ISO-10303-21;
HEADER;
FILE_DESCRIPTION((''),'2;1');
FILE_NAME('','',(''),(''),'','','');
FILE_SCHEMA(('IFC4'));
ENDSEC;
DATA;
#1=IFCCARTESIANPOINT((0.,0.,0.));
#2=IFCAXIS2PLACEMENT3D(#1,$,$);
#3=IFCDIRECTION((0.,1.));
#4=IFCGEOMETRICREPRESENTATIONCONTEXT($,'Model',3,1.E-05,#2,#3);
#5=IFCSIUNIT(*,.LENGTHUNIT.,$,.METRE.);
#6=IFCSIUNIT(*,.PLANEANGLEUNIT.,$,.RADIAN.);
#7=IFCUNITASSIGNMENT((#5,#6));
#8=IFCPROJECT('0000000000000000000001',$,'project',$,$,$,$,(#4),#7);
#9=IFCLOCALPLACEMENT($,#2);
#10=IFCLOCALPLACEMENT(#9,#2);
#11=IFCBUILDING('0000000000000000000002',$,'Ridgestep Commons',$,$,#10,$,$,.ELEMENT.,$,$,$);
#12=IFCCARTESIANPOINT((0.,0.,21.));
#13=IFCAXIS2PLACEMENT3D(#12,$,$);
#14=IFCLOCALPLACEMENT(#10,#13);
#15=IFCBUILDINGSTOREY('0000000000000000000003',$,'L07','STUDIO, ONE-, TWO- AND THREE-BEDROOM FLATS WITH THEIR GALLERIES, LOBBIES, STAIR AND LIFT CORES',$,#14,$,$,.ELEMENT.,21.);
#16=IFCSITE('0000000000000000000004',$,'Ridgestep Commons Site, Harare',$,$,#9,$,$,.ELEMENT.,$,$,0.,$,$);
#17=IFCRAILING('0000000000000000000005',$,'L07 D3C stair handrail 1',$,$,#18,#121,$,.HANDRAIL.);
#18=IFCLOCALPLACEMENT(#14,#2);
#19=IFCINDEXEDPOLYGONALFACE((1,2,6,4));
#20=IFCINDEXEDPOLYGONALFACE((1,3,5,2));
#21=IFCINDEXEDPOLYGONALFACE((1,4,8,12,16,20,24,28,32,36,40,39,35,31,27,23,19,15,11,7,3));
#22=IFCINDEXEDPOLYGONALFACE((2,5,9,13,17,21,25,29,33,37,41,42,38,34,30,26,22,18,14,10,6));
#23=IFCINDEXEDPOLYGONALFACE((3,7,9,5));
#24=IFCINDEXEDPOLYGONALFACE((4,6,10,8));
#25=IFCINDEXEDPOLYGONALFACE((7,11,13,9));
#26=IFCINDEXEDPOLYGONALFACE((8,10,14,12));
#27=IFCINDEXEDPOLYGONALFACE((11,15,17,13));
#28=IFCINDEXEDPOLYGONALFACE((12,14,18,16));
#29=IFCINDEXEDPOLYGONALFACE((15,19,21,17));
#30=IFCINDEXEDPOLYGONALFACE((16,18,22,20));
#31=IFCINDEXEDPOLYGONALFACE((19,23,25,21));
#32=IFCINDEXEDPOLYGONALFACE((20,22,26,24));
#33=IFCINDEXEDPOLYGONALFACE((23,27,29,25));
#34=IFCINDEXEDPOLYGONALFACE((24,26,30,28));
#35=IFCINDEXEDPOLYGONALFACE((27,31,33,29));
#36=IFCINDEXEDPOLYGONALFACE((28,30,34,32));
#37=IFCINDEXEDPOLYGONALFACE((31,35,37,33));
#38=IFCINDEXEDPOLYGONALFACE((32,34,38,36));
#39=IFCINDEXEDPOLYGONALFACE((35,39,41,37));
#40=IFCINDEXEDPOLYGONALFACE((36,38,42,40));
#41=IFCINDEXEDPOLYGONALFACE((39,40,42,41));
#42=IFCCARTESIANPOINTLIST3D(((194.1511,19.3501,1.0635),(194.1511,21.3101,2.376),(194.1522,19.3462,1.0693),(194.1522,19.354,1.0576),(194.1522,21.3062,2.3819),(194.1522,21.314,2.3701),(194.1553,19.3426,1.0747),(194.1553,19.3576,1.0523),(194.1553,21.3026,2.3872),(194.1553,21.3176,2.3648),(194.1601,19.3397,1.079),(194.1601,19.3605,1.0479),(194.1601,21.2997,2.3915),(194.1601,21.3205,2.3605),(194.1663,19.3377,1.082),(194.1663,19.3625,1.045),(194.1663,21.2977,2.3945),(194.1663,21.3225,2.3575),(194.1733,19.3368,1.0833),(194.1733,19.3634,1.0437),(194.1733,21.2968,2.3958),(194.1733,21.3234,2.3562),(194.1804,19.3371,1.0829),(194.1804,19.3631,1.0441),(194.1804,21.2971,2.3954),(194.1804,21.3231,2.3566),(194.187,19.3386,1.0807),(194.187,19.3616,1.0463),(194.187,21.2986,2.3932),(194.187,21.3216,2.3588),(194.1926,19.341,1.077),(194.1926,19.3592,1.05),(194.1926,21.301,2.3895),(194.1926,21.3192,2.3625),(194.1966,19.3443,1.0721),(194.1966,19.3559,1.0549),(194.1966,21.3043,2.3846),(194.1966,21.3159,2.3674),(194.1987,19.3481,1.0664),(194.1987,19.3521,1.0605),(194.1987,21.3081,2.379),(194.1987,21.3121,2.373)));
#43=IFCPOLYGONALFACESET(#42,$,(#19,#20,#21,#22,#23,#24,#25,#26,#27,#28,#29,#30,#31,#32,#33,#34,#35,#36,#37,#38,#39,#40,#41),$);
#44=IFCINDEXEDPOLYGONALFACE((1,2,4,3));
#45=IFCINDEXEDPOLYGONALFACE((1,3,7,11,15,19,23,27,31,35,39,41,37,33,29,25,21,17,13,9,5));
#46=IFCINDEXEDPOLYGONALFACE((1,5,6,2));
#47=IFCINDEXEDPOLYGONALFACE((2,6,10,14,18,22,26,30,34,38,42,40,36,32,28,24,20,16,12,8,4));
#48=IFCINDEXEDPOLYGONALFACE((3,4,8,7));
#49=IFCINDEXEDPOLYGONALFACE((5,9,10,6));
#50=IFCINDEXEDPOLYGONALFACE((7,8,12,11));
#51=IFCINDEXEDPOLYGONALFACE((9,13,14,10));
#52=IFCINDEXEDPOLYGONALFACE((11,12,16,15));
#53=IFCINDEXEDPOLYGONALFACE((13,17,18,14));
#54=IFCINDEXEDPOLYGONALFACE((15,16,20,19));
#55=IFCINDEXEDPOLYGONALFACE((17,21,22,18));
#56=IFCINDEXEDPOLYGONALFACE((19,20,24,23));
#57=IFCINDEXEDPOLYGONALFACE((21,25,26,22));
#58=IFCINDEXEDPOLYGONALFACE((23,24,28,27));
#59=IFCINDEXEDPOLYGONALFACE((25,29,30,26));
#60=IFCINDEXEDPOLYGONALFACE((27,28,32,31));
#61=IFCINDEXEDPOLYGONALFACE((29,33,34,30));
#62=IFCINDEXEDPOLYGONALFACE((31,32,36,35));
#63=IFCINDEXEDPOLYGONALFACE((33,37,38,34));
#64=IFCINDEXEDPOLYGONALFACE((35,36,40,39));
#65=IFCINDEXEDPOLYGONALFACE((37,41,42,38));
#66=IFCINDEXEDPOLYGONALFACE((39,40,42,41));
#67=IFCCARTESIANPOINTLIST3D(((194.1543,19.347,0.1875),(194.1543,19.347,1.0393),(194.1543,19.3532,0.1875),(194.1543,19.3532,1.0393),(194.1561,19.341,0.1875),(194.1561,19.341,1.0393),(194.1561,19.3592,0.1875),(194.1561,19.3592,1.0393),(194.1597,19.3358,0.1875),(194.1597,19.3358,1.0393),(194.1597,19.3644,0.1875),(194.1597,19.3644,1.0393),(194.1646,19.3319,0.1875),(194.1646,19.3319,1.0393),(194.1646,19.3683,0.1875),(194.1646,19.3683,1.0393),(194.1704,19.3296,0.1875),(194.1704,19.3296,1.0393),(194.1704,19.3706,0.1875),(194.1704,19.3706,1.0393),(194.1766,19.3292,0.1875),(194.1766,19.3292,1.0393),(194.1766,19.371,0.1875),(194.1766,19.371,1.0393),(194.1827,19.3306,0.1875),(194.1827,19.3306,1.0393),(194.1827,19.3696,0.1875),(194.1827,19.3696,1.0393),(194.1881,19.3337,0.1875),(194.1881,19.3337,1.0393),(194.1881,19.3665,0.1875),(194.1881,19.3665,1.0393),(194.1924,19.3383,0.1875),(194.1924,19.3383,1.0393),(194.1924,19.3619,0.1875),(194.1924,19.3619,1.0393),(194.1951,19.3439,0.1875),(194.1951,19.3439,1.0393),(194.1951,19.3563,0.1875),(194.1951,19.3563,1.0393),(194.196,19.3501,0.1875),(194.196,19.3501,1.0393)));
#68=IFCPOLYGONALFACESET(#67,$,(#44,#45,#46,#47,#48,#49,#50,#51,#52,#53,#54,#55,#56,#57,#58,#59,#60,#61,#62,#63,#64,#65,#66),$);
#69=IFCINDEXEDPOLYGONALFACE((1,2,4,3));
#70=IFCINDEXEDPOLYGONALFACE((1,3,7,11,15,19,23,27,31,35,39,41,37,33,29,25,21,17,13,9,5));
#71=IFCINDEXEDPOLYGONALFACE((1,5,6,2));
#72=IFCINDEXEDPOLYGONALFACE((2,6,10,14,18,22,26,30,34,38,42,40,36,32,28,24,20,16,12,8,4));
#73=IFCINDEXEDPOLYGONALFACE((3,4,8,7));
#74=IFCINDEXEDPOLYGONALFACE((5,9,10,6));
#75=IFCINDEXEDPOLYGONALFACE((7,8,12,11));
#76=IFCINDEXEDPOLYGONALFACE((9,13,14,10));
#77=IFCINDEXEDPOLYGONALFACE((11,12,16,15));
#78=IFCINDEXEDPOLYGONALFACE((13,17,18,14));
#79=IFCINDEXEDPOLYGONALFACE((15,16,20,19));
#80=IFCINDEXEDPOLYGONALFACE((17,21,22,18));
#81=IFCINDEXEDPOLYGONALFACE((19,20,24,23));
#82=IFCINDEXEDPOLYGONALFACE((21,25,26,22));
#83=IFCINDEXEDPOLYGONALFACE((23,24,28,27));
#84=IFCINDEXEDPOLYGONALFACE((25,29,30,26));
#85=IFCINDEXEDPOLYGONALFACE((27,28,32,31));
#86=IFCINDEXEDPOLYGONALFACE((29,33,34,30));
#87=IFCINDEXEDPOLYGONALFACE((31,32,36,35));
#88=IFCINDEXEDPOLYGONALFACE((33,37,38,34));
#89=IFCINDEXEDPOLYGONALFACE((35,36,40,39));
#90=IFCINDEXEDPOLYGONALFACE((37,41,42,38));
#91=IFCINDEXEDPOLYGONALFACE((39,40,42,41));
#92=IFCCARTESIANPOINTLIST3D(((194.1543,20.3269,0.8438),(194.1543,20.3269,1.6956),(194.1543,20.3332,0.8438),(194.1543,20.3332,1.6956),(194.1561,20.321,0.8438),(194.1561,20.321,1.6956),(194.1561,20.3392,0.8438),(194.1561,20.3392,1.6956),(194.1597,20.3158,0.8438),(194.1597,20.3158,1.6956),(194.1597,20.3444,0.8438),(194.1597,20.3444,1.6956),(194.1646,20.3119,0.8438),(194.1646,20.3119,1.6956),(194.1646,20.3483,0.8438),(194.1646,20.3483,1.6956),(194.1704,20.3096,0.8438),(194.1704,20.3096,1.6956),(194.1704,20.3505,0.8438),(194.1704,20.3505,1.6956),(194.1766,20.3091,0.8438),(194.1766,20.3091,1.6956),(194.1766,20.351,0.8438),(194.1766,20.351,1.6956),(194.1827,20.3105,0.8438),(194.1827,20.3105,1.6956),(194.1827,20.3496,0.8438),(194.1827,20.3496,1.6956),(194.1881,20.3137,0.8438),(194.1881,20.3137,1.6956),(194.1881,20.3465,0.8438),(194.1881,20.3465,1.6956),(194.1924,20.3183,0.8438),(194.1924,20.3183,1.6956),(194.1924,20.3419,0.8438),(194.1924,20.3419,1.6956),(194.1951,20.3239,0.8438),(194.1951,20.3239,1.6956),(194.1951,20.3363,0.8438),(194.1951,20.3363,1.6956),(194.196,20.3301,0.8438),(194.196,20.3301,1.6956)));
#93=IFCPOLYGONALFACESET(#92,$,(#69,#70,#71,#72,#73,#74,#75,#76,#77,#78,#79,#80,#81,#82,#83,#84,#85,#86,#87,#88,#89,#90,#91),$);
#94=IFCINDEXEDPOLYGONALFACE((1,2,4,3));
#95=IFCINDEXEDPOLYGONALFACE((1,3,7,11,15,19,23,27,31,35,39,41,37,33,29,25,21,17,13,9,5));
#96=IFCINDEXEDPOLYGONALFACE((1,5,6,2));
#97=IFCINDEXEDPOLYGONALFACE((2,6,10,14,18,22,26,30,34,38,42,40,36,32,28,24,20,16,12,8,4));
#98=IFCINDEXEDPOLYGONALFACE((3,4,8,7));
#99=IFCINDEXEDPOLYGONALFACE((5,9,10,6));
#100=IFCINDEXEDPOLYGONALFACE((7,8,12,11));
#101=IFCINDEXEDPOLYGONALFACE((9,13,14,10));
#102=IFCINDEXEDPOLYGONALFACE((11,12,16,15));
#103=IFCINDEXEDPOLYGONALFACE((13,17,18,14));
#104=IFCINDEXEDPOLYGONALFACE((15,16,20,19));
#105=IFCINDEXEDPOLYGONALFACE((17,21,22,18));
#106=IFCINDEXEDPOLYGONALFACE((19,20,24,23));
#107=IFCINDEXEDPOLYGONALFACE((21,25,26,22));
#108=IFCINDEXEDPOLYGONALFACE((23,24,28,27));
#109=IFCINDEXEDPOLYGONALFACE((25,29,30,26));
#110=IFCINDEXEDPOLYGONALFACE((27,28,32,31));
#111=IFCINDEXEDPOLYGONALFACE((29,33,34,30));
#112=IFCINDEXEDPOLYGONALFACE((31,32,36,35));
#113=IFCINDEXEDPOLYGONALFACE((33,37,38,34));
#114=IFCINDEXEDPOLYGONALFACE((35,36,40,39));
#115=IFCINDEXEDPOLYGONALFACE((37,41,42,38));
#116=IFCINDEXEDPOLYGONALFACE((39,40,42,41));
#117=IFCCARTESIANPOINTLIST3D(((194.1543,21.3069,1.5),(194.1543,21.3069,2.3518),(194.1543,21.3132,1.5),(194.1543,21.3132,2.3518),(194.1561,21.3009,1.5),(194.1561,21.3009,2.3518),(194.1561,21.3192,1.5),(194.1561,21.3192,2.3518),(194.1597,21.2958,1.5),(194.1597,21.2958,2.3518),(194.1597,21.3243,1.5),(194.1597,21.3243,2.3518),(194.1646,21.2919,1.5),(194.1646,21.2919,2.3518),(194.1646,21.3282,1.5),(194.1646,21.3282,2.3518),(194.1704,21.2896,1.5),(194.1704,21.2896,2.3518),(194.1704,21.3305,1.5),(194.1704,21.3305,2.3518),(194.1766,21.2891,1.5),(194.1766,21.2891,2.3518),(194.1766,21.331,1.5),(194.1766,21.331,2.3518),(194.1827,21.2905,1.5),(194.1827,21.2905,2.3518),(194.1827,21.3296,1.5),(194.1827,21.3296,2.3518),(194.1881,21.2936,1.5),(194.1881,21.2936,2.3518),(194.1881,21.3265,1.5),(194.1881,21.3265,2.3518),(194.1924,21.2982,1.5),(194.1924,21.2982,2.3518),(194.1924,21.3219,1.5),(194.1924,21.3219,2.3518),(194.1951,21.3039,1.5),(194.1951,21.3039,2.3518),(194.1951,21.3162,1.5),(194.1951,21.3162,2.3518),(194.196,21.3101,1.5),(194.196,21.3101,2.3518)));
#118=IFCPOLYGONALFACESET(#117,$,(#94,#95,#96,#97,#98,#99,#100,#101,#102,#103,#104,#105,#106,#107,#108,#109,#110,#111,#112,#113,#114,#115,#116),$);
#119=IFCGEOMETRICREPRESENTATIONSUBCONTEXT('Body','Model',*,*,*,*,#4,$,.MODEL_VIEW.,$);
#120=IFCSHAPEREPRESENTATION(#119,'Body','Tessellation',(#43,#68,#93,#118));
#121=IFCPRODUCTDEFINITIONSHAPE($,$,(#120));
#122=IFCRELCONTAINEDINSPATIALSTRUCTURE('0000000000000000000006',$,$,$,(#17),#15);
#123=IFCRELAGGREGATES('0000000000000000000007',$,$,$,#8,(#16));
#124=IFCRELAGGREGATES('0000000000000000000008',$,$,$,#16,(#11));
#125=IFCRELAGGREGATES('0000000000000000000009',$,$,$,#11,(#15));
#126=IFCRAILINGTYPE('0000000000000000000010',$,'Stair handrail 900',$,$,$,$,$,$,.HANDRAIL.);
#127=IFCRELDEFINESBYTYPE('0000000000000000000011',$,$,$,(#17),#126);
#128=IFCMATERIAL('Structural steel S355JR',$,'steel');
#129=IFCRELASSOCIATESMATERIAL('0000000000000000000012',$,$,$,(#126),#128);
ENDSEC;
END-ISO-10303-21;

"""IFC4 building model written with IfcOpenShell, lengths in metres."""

from ifc_helpers import new_model, si_unit, direction, frame, origin, origin_2d, place, context, subcontext, project, spatial, circle, extrude, material, type_object, element, save


model = new_model("IFC4")

# Units and contexts
model_context = context("Model", 3, precision=1e-05, world=origin(), true_north=direction((0.0, 1.0)))
body_context = subcontext(model_context, "Body", "Model", "MODEL_VIEW")
ifc_project = project(units=[si_unit("LENGTHUNIT", "METRE"), si_unit("PLANEANGLEUNIT", "RADIAN")], contexts=[model_context])

# Site, building, storey
site_placement = place(None, origin())
site = spatial("IfcSite", under=ifc_project, at=site_placement, Name="Ridgestep Commons Site, Harare", CompositionType="ELEMENT", RefElevation=0.0)
building_placement = place(site_placement, origin())
building = spatial("IfcBuilding", under=site, at=building_placement, Name="Ridgestep Commons", CompositionType="ELEMENT")
storey_placement = place(building_placement, frame((0.0, 0.0, 21.0)))
storey = spatial("IfcBuildingStorey", under=building, at=storey_placement, Name="L07", Description="STUDIO, ONE-, TWO- AND THREE-BEDROOM FLATS WITH THEIR GALLERIES, LOBBIES, STAIR AND LIFT CORES", CompositionType="ELEMENT", Elevation=21.0)

# Railing
ifc_material_1 = material(Name="Structural steel S355JR", Category="steel")
railing_type_1 = type_object("IfcRailingType", Name="Stair handrail 900", PredefinedType="HANDRAIL", material=ifc_material_1)
railing_1_placement = place(storey_placement, frame((194.175, 19.3501, 0.1875)))
element("IfcRailing", 1, at=railing_1_placement, inside=storey, type_object=railing_type_1, Name="L07 D3C stair handrail 1", PredefinedType="HANDRAIL", context=body_context, shape_type="SweptSolid", body=[
    extrude(circle(Radius=0.0239, at=origin_2d()), frame((0.0, 0.0, 0.876), z_axis=(0.0, 0.830902, 0.556419), x_axis=(-1.0, 0.0, 0.0)), (0.0, 0.0, 1.0), 2.3589),
    extrude(circle(Radius=0.021, at=origin_2d()), origin(), (0.0, 0.0, 1.0), 0.8518),
    extrude(circle(Radius=0.021, at=origin_2d()), frame((0.0, 0.98, 0.6562)), (0.0, 0.0, 1.0), 0.8518),
    extrude(circle(Radius=0.021, at=origin_2d()), frame((0.0, 1.96, 1.3125)), (0.0, 0.0, 1.0), 0.8518),
])

save(model, "model.ifc")
